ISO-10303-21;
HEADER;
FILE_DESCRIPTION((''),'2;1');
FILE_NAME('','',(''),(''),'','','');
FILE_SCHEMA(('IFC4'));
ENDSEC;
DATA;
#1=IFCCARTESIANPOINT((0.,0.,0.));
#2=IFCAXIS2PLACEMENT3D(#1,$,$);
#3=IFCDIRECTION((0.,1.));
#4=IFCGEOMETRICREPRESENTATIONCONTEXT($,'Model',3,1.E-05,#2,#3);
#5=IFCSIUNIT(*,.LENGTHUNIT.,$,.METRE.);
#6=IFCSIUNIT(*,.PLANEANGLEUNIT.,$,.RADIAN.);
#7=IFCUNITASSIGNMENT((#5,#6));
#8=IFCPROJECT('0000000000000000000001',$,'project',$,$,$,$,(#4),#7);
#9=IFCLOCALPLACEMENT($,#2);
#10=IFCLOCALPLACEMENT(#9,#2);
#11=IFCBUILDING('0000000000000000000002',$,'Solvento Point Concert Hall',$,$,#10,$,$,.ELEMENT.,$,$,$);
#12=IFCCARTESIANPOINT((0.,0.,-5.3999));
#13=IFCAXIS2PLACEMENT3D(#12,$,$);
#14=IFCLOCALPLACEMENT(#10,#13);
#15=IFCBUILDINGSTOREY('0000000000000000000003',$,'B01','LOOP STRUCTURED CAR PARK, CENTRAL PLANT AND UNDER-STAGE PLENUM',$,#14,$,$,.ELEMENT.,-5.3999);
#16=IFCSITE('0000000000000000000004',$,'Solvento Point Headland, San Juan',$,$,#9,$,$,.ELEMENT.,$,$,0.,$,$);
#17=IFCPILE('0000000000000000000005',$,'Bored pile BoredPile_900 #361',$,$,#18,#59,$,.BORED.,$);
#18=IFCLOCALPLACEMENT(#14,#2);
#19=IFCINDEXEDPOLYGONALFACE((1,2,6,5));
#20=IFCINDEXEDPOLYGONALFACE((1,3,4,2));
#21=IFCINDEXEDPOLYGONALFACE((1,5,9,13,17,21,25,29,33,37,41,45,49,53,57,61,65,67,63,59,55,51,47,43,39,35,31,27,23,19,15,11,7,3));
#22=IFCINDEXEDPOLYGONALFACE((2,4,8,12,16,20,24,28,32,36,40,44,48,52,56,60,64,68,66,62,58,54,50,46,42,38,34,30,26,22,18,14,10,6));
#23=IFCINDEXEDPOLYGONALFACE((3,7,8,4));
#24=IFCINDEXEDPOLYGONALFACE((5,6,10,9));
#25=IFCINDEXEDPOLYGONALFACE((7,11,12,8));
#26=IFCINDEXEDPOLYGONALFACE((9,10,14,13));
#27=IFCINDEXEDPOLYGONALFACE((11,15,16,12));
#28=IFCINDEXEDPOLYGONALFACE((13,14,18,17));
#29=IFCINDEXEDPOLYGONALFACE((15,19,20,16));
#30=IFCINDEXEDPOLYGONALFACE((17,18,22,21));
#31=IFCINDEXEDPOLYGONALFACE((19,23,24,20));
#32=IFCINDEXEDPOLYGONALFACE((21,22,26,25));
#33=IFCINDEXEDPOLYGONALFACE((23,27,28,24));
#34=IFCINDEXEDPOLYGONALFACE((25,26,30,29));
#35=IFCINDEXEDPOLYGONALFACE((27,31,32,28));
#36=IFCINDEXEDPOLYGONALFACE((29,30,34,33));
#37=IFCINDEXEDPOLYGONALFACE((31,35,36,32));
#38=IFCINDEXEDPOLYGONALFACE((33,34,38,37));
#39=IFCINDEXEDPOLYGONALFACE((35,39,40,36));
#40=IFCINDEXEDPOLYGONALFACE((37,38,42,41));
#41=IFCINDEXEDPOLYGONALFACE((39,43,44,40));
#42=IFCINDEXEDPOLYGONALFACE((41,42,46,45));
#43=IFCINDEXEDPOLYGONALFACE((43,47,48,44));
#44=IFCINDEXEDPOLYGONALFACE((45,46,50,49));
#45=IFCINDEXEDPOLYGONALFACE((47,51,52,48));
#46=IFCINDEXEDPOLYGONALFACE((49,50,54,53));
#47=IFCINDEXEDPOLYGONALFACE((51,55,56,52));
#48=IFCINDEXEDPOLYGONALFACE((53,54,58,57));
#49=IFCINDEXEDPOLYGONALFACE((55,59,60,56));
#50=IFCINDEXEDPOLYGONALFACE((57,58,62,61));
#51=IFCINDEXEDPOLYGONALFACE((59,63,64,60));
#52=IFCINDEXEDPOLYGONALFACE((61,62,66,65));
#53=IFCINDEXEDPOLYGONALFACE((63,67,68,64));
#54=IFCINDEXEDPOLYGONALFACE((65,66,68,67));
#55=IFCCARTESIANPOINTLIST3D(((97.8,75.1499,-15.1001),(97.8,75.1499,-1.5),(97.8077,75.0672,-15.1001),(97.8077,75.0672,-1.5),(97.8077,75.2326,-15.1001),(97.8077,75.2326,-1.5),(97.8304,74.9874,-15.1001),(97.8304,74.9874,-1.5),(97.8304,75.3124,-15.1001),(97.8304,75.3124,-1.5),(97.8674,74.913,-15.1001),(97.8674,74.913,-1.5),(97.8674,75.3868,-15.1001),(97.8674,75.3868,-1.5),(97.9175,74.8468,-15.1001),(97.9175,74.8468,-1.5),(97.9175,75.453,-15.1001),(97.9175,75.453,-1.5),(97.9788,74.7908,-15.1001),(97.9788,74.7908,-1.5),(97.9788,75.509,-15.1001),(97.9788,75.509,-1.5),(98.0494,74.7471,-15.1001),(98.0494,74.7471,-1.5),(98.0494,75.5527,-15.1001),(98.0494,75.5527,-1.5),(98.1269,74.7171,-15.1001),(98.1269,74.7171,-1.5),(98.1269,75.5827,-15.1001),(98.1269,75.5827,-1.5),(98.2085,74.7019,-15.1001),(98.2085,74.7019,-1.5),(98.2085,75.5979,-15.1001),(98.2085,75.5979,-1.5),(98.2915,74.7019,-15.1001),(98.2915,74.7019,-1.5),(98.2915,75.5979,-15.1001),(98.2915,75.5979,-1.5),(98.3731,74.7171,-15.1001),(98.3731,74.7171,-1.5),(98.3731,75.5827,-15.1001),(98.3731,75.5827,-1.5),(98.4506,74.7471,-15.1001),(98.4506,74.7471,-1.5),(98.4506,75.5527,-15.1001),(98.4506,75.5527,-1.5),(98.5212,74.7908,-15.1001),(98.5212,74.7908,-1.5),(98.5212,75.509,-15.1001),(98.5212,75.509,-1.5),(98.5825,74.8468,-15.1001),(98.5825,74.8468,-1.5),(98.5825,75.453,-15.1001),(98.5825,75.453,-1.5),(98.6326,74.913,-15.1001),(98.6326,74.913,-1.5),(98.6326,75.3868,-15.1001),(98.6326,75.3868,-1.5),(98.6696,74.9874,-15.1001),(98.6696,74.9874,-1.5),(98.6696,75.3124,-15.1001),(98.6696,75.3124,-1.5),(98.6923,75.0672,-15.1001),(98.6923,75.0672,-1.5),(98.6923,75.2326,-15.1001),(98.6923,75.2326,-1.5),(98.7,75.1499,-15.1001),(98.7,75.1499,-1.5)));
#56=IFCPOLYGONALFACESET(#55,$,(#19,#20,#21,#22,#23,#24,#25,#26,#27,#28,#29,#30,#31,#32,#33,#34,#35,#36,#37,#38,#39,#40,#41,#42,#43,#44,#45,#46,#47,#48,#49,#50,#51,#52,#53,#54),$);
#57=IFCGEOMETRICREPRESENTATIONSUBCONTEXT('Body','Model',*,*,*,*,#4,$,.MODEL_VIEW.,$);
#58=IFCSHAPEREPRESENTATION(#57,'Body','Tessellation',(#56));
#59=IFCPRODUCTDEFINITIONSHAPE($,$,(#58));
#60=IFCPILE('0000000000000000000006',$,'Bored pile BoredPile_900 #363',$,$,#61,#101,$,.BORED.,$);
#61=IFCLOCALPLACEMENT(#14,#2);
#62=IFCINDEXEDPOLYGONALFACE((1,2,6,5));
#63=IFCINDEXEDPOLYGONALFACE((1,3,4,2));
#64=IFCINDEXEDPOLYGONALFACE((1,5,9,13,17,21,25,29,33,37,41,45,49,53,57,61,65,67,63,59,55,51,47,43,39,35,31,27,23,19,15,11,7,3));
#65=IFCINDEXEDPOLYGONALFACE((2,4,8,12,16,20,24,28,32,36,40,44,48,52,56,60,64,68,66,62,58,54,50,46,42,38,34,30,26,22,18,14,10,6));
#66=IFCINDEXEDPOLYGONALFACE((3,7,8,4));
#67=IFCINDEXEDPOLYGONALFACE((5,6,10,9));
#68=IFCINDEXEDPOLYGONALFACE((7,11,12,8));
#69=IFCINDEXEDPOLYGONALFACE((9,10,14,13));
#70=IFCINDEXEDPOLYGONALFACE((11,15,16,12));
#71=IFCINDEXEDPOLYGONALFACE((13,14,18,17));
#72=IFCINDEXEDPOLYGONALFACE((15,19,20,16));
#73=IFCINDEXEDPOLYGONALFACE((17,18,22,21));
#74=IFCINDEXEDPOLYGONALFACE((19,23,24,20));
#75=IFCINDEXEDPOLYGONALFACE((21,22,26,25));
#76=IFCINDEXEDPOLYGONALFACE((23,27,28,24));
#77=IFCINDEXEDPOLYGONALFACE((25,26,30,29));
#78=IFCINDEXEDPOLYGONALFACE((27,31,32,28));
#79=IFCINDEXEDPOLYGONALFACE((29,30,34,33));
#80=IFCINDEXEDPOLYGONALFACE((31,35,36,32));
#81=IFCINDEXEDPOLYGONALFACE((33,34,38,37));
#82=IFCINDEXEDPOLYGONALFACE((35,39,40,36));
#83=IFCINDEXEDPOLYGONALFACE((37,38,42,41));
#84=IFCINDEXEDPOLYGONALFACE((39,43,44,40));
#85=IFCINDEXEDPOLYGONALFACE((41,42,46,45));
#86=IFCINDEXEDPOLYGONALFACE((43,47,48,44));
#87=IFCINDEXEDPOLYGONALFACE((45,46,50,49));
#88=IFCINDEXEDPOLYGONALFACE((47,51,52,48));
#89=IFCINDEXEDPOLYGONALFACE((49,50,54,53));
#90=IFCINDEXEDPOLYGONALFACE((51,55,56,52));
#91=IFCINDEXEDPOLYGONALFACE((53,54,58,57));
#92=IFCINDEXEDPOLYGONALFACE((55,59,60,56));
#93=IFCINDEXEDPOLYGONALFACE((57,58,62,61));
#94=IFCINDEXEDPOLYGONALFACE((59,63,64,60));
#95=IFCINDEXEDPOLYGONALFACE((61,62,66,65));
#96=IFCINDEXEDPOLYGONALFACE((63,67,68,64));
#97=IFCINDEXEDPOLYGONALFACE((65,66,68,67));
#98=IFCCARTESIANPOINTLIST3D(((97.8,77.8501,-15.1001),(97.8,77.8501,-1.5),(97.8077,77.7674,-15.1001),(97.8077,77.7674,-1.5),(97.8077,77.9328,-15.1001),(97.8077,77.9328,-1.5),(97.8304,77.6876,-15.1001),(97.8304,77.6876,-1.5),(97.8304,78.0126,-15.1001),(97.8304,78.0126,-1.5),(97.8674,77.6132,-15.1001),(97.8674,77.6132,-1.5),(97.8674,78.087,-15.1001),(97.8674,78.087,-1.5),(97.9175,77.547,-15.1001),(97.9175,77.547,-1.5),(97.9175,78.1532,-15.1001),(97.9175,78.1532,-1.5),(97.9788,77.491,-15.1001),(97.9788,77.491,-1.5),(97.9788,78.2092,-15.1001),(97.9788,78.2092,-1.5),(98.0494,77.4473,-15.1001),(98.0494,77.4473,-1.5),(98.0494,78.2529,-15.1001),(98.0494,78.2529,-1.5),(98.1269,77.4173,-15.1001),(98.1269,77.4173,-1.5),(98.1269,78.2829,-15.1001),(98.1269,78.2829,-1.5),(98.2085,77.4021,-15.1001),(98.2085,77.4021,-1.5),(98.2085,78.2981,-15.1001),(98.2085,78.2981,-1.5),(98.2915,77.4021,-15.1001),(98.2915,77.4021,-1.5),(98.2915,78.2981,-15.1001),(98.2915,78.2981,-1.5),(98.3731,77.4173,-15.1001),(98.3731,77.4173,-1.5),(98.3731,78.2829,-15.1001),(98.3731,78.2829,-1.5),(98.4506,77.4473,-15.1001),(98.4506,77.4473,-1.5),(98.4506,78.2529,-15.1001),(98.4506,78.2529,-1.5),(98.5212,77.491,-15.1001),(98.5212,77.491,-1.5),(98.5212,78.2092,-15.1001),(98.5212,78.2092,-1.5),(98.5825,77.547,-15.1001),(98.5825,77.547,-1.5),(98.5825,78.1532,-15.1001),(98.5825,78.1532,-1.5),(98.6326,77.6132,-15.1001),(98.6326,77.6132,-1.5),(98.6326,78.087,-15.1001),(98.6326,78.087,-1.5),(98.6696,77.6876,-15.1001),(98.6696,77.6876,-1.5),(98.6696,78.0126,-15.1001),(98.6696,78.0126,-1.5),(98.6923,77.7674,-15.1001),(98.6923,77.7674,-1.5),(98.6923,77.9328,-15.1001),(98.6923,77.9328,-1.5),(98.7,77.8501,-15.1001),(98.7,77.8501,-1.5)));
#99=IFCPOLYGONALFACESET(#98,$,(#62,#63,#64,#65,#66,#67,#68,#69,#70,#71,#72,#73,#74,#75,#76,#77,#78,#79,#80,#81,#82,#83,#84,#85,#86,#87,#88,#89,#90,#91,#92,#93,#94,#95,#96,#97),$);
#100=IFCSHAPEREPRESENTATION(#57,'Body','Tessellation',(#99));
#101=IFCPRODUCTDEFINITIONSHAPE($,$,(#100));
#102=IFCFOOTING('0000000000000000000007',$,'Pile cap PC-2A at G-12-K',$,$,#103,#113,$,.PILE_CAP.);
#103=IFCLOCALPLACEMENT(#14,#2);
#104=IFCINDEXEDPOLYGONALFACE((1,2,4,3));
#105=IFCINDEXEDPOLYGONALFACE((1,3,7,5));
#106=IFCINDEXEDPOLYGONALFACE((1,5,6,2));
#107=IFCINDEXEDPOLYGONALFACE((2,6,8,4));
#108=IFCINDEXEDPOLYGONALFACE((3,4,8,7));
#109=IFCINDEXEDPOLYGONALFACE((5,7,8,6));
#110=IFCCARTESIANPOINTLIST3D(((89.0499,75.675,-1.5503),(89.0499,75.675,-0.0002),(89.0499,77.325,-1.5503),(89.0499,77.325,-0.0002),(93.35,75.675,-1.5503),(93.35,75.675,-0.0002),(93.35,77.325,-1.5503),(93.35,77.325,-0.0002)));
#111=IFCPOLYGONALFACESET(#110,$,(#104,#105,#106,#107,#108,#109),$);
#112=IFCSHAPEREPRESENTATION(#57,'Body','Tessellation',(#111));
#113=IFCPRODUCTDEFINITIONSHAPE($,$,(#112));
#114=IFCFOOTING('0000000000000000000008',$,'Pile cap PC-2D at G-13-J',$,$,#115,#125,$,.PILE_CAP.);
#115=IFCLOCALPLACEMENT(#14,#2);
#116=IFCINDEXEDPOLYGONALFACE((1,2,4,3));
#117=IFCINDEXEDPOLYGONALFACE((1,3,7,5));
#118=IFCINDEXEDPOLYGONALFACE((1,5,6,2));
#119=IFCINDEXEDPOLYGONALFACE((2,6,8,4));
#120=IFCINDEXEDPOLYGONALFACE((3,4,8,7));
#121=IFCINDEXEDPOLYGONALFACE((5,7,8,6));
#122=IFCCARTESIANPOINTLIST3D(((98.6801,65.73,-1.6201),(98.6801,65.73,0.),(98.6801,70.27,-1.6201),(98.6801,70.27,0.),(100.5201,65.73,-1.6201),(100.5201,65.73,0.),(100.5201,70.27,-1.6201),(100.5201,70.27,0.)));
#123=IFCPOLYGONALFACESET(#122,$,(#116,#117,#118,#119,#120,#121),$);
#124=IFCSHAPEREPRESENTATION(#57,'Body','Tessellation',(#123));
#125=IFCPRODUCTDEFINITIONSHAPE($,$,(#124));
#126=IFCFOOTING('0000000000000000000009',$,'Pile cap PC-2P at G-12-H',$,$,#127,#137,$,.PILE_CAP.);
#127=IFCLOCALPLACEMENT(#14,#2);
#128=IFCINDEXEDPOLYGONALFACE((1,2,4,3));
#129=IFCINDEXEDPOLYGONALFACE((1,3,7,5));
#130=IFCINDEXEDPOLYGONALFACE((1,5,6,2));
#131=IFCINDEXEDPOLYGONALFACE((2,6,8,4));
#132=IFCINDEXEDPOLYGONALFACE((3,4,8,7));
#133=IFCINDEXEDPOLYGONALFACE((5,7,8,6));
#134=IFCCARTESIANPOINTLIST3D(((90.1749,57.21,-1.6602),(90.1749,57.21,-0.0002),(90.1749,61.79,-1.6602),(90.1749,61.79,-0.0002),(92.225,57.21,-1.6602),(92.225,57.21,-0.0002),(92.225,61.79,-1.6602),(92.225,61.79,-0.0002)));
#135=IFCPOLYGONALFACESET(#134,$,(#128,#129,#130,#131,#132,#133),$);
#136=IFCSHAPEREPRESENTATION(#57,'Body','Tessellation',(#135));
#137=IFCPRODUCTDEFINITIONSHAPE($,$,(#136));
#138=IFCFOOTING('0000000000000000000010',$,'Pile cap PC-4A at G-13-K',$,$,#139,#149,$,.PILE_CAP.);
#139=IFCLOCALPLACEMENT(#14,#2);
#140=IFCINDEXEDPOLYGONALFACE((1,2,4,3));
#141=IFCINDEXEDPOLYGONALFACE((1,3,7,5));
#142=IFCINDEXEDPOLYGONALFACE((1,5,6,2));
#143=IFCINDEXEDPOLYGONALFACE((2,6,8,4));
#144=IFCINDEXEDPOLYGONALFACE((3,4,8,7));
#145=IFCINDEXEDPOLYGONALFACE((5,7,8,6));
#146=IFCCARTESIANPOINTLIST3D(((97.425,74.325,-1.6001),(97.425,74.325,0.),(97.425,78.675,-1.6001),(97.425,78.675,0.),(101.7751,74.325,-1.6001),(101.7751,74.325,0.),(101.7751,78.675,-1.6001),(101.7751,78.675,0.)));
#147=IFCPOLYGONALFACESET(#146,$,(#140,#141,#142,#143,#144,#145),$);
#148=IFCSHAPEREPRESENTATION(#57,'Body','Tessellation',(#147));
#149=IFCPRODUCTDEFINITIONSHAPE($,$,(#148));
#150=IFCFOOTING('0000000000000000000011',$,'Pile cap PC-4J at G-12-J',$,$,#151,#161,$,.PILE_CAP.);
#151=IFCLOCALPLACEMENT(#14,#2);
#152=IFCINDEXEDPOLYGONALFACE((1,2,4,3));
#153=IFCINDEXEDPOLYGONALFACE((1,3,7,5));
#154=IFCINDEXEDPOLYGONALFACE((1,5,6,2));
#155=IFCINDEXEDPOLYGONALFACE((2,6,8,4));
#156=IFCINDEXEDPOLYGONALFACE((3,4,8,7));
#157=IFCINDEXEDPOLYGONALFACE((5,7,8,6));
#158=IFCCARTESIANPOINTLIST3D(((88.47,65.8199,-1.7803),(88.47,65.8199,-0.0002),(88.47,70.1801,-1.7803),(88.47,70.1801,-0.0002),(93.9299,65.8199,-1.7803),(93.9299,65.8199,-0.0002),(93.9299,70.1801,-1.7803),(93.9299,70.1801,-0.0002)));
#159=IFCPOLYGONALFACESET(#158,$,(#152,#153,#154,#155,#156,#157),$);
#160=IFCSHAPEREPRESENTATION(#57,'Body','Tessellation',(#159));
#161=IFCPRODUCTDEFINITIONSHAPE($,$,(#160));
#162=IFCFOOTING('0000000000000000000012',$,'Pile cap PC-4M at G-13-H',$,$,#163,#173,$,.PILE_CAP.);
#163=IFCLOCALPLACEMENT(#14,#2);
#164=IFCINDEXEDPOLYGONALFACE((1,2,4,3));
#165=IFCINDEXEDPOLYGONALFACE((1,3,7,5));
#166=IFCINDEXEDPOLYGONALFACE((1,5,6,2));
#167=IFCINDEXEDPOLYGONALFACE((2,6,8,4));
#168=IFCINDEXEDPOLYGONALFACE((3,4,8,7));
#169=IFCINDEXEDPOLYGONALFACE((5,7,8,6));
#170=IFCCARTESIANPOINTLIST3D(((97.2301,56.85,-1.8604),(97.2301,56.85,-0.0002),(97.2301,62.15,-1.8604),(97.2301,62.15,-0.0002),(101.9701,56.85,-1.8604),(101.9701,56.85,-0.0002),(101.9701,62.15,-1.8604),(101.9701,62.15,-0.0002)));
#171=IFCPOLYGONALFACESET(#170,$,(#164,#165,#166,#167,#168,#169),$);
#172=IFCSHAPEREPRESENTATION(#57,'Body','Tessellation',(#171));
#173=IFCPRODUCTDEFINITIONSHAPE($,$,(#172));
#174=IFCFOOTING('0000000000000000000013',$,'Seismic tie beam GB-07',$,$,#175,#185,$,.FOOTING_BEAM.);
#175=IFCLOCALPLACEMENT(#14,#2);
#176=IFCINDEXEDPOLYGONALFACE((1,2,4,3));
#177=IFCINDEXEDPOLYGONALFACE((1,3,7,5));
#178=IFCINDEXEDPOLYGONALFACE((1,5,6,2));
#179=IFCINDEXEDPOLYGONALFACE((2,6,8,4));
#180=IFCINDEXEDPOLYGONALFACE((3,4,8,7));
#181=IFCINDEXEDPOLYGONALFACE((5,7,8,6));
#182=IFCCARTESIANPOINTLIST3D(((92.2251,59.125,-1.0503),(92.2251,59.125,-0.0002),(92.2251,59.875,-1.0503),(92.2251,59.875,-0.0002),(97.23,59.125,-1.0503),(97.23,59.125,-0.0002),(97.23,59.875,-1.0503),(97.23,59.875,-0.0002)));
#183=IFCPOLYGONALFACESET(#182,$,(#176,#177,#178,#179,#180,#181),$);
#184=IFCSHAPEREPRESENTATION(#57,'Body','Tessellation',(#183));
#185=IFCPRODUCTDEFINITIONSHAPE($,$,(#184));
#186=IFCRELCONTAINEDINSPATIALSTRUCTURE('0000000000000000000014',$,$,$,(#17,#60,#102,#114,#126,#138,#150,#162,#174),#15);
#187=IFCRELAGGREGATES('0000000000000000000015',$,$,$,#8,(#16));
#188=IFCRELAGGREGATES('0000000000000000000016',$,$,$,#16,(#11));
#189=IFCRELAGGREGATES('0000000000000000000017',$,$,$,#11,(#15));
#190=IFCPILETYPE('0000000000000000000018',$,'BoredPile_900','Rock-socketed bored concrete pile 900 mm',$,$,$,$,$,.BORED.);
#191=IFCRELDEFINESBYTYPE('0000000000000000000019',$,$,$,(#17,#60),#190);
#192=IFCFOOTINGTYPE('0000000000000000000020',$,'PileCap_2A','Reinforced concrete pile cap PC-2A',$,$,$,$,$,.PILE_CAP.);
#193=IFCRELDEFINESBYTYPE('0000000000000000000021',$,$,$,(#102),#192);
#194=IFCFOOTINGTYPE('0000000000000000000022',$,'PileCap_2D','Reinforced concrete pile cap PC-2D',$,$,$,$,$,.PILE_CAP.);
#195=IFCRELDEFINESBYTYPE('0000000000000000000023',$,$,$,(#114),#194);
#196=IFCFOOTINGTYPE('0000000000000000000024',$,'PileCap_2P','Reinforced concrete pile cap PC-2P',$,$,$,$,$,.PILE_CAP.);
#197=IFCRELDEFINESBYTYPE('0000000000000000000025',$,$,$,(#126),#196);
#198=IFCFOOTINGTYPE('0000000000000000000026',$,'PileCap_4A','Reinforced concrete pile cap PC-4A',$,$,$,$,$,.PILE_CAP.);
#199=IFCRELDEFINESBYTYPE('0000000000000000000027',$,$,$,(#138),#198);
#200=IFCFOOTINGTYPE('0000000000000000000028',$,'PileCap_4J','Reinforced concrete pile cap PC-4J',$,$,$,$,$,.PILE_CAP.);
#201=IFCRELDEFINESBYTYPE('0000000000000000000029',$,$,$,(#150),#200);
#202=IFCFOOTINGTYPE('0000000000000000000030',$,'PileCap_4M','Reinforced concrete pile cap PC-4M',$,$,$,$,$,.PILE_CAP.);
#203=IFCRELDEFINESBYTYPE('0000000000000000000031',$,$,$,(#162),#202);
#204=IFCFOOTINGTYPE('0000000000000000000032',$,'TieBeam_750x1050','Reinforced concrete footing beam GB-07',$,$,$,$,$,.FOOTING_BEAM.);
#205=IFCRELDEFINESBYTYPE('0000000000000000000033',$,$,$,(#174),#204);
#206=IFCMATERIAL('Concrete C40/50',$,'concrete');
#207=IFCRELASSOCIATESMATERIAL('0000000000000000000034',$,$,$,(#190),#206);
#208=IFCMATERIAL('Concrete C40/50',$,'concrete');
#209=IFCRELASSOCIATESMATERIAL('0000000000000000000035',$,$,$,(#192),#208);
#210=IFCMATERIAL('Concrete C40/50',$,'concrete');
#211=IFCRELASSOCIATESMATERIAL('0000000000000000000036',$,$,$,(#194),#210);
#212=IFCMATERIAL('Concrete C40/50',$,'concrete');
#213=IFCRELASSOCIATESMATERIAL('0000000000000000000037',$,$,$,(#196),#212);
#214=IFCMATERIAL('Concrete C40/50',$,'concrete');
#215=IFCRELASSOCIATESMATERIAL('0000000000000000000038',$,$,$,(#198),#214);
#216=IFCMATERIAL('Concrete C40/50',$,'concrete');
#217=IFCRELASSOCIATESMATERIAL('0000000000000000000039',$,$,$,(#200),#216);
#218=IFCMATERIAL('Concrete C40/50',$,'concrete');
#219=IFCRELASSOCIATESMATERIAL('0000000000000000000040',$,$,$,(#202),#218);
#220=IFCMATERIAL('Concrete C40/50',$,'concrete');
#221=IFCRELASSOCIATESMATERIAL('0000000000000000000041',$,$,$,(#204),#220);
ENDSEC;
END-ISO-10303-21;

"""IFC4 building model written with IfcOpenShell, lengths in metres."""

from ifc_helpers import new_model, si_unit, direction, frame, origin, origin_2d, place, context, subcontext, project, spatial, rectangle, circle, extrude, material, material_profile, profile_set, type_object, element, save


model = new_model("IFC4")

# Units and contexts
model_context = context("Model", 3, precision=1e-05, world=origin(), true_north=direction((0.0, 1.0)))
body_context = subcontext(model_context, "Body", "Model", "MODEL_VIEW")
ifc_project = project(units=[si_unit("LENGTHUNIT", "METRE"), si_unit("PLANEANGLEUNIT", "RADIAN")], contexts=[model_context])

# Site, building, storey
site_placement = place(None, origin())
site = spatial("IfcSite", under=ifc_project, at=site_placement, Name="Solvento Point Headland, San Juan", CompositionType="ELEMENT", RefElevation=0.0)
building_placement = place(site_placement, origin())
building = spatial("IfcBuilding", under=site, at=building_placement, Name="Solvento Point Concert Hall", CompositionType="ELEMENT")
storey_placement = place(building_placement, frame((0.0, 0.0, -5.3999)))
storey = spatial("IfcBuildingStorey", under=building, at=storey_placement, Name="B01", Description="LOOP STRUCTURED CAR PARK, CENTRAL PLANT AND UNDER-STAGE PLENUM", CompositionType="ELEMENT", Elevation=-5.3999)

# Piles
ifc_material_1 = material(Name="Concrete C40/50", Category="concrete")
ifc_material_profile_1 = material_profile(ifc_material_1, circle(Radius=0.45, at=origin_2d()), Name="BP-900")
ifc_profile_set_1 = profile_set([ifc_material_profile_1], Name="Concrete C40/50")
pile_type = type_object("IfcPileType", Name="BoredPile_900", Description="Rock-socketed bored concrete pile 900 mm", PredefinedType="BORED", material=ifc_profile_set_1)
for number, where, z_axis, x_axis, name in (
    (1, (98.25, 75.1499, -1.5), (0.0, 0.0, -1.0), (1.0, 0.0, 0.0), "Bored pile BoredPile_900 #361"),
    (2, (98.25, 77.8501, -1.5), (0.0, 0.0, -1.0), (1.0, 0.0, 0.0), "Bored pile BoredPile_900 #363"),
):
    element("IfcPile", number, at=place(storey_placement, frame(where, z_axis=z_axis, x_axis=x_axis)), inside=storey, type_object=pile_type, Name=name, PredefinedType="BORED", context=body_context, shape_type="SweptSolid", body=[
        extrude(circle(Radius=0.45, at=origin_2d()), origin(), (0.0, 0.0, 1.0), 13.6001),
    ])

# Footings
ifc_material_2 = material(Name="Concrete C40/50", Category="concrete")
footing_type_1 = type_object("IfcFootingType", Name="PileCap_2A", Description="Reinforced concrete pile cap PC-2A", PredefinedType="PILE_CAP", material=ifc_material_2)
footing_1_placement = place(storey_placement, frame((91.2, 76.5, -1.5503), z_axis=(0.0, 0.0, 1.0), x_axis=(1.0, 0.0, 0.0)))
element("IfcFooting", 3, at=footing_1_placement, inside=storey, type_object=footing_type_1, Name="Pile cap PC-2A at G-12-K", PredefinedType="PILE_CAP", context=body_context, shape_type="SweptSolid", body=[
    extrude(rectangle(XDim=4.3, YDim=1.6499, at=origin_2d()), origin(), (0.0, 0.0, 1.0), 1.55),
])
ifc_material_3 = material(Name="Concrete C40/50", Category="concrete")
footing_type_2 = type_object("IfcFootingType", Name="PileCap_2D", Description="Reinforced concrete pile cap PC-2D", PredefinedType="PILE_CAP", material=ifc_material_3)
footing_2_placement = place(storey_placement, frame((99.6001, 68.0, -1.6201), z_axis=(0.0, 0.0, 1.0), x_axis=(1.0, 0.0, 0.0)))
element("IfcFooting", 4, at=footing_2_placement, inside=storey, type_object=footing_type_2, Name="Pile cap PC-2D at G-13-J", PredefinedType="PILE_CAP", context=body_context, shape_type="SweptSolid", body=[
    extrude(rectangle(XDim=1.8401, YDim=4.54, at=origin_2d()), origin(), (0.0, 0.0, 1.0), 1.6201),
])
ifc_material_4 = material(Name="Concrete C40/50", Category="concrete")
footing_type_3 = type_object("IfcFootingType", Name="PileCap_2P", Description="Reinforced concrete pile cap PC-2P", PredefinedType="PILE_CAP", material=ifc_material_4)
footing_3_placement = place(storey_placement, frame((91.2, 59.5, -1.6602), z_axis=(0.0, 0.0, 1.0), x_axis=(1.0, 0.0, 0.0)))
element("IfcFooting", 5, at=footing_3_placement, inside=storey, type_object=footing_type_3, Name="Pile cap PC-2P at G-12-H", PredefinedType="PILE_CAP", context=body_context, shape_type="SweptSolid", body=[
    extrude(rectangle(XDim=2.05, YDim=4.5801, at=origin_2d()), origin(), (0.0, 0.0, 1.0), 1.6599),
])
ifc_material_5 = material(Name="Concrete C40/50", Category="concrete")
footing_type_4 = type_object("IfcFootingType", Name="PileCap_4A", Description="Reinforced concrete pile cap PC-4A", PredefinedType="PILE_CAP", material=ifc_material_5)
footing_4_placement = place(storey_placement, frame((99.6001, 76.5, -1.6001), z_axis=(0.0, 0.0, 1.0), x_axis=(1.0, 0.0, 0.0)))
element("IfcFooting", 6, at=footing_4_placement, inside=storey, type_object=footing_type_4, Name="Pile cap PC-4A at G-13-K", PredefinedType="PILE_CAP", context=body_context, shape_type="SweptSolid", body=[
    extrude(rectangle(XDim=4.3501, YDim=4.3501, at=origin_2d()), origin(), (0.0, 0.0, 1.0), 1.6001),
])
ifc_material_6 = material(Name="Concrete C40/50", Category="concrete")
footing_type_5 = type_object("IfcFootingType", Name="PileCap_4J", Description="Reinforced concrete pile cap PC-4J", PredefinedType="PILE_CAP", material=ifc_material_6)
footing_5_placement = place(storey_placement, frame((91.2, 68.0, -1.7803), z_axis=(0.0, 0.0, 1.0), x_axis=(1.0, 0.0, 0.0)))
element("IfcFooting", 7, at=footing_5_placement, inside=storey, type_object=footing_type_5, Name="Pile cap PC-4J at G-12-J", PredefinedType="PILE_CAP", context=body_context, shape_type="SweptSolid", body=[
    extrude(rectangle(XDim=5.46, YDim=4.3601, at=origin_2d()), origin(), (0.0, 0.0, 1.0), 1.78),
])
ifc_material_7 = material(Name="Concrete C40/50", Category="concrete")
footing_type_6 = type_object("IfcFootingType", Name="PileCap_4M", Description="Reinforced concrete pile cap PC-4M", PredefinedType="PILE_CAP", material=ifc_material_7)
footing_6_placement = place(storey_placement, frame((99.6001, 59.5, -1.8604), z_axis=(0.0, 0.0, 1.0), x_axis=(1.0, 0.0, 0.0)))
element("IfcFooting", 8, at=footing_6_placement, inside=storey, type_object=footing_type_6, Name="Pile cap PC-4M at G-13-H", PredefinedType="PILE_CAP", context=body_context, shape_type="SweptSolid", body=[
    extrude(rectangle(XDim=4.74, YDim=5.3, at=origin_2d()), origin(), (0.0, 0.0, 1.0), 1.8601),
])
ifc_material_8 = material(Name="Concrete C40/50", Category="concrete")
footing_type_7 = type_object("IfcFootingType", Name="TieBeam_750x1050", Description="Reinforced concrete footing beam GB-07", PredefinedType="FOOTING_BEAM", material=ifc_material_8)
footing_7_placement = place(storey_placement, frame((94.7275, 59.5, -1.0503), z_axis=(0.0, 0.0, 1.0), x_axis=(1.0, 0.0, 0.0)))
element("IfcFooting", 9, at=footing_7_placement, inside=storey, type_object=footing_type_7, Name="Seismic tie beam GB-07", PredefinedType="FOOTING_BEAM", context=body_context, shape_type="SweptSolid", body=[
    extrude(rectangle(XDim=5.0049, YDim=0.75, at=origin_2d()), origin(), (0.0, 0.0, 1.0), 1.05),
])

save(model, "model.ifc")
